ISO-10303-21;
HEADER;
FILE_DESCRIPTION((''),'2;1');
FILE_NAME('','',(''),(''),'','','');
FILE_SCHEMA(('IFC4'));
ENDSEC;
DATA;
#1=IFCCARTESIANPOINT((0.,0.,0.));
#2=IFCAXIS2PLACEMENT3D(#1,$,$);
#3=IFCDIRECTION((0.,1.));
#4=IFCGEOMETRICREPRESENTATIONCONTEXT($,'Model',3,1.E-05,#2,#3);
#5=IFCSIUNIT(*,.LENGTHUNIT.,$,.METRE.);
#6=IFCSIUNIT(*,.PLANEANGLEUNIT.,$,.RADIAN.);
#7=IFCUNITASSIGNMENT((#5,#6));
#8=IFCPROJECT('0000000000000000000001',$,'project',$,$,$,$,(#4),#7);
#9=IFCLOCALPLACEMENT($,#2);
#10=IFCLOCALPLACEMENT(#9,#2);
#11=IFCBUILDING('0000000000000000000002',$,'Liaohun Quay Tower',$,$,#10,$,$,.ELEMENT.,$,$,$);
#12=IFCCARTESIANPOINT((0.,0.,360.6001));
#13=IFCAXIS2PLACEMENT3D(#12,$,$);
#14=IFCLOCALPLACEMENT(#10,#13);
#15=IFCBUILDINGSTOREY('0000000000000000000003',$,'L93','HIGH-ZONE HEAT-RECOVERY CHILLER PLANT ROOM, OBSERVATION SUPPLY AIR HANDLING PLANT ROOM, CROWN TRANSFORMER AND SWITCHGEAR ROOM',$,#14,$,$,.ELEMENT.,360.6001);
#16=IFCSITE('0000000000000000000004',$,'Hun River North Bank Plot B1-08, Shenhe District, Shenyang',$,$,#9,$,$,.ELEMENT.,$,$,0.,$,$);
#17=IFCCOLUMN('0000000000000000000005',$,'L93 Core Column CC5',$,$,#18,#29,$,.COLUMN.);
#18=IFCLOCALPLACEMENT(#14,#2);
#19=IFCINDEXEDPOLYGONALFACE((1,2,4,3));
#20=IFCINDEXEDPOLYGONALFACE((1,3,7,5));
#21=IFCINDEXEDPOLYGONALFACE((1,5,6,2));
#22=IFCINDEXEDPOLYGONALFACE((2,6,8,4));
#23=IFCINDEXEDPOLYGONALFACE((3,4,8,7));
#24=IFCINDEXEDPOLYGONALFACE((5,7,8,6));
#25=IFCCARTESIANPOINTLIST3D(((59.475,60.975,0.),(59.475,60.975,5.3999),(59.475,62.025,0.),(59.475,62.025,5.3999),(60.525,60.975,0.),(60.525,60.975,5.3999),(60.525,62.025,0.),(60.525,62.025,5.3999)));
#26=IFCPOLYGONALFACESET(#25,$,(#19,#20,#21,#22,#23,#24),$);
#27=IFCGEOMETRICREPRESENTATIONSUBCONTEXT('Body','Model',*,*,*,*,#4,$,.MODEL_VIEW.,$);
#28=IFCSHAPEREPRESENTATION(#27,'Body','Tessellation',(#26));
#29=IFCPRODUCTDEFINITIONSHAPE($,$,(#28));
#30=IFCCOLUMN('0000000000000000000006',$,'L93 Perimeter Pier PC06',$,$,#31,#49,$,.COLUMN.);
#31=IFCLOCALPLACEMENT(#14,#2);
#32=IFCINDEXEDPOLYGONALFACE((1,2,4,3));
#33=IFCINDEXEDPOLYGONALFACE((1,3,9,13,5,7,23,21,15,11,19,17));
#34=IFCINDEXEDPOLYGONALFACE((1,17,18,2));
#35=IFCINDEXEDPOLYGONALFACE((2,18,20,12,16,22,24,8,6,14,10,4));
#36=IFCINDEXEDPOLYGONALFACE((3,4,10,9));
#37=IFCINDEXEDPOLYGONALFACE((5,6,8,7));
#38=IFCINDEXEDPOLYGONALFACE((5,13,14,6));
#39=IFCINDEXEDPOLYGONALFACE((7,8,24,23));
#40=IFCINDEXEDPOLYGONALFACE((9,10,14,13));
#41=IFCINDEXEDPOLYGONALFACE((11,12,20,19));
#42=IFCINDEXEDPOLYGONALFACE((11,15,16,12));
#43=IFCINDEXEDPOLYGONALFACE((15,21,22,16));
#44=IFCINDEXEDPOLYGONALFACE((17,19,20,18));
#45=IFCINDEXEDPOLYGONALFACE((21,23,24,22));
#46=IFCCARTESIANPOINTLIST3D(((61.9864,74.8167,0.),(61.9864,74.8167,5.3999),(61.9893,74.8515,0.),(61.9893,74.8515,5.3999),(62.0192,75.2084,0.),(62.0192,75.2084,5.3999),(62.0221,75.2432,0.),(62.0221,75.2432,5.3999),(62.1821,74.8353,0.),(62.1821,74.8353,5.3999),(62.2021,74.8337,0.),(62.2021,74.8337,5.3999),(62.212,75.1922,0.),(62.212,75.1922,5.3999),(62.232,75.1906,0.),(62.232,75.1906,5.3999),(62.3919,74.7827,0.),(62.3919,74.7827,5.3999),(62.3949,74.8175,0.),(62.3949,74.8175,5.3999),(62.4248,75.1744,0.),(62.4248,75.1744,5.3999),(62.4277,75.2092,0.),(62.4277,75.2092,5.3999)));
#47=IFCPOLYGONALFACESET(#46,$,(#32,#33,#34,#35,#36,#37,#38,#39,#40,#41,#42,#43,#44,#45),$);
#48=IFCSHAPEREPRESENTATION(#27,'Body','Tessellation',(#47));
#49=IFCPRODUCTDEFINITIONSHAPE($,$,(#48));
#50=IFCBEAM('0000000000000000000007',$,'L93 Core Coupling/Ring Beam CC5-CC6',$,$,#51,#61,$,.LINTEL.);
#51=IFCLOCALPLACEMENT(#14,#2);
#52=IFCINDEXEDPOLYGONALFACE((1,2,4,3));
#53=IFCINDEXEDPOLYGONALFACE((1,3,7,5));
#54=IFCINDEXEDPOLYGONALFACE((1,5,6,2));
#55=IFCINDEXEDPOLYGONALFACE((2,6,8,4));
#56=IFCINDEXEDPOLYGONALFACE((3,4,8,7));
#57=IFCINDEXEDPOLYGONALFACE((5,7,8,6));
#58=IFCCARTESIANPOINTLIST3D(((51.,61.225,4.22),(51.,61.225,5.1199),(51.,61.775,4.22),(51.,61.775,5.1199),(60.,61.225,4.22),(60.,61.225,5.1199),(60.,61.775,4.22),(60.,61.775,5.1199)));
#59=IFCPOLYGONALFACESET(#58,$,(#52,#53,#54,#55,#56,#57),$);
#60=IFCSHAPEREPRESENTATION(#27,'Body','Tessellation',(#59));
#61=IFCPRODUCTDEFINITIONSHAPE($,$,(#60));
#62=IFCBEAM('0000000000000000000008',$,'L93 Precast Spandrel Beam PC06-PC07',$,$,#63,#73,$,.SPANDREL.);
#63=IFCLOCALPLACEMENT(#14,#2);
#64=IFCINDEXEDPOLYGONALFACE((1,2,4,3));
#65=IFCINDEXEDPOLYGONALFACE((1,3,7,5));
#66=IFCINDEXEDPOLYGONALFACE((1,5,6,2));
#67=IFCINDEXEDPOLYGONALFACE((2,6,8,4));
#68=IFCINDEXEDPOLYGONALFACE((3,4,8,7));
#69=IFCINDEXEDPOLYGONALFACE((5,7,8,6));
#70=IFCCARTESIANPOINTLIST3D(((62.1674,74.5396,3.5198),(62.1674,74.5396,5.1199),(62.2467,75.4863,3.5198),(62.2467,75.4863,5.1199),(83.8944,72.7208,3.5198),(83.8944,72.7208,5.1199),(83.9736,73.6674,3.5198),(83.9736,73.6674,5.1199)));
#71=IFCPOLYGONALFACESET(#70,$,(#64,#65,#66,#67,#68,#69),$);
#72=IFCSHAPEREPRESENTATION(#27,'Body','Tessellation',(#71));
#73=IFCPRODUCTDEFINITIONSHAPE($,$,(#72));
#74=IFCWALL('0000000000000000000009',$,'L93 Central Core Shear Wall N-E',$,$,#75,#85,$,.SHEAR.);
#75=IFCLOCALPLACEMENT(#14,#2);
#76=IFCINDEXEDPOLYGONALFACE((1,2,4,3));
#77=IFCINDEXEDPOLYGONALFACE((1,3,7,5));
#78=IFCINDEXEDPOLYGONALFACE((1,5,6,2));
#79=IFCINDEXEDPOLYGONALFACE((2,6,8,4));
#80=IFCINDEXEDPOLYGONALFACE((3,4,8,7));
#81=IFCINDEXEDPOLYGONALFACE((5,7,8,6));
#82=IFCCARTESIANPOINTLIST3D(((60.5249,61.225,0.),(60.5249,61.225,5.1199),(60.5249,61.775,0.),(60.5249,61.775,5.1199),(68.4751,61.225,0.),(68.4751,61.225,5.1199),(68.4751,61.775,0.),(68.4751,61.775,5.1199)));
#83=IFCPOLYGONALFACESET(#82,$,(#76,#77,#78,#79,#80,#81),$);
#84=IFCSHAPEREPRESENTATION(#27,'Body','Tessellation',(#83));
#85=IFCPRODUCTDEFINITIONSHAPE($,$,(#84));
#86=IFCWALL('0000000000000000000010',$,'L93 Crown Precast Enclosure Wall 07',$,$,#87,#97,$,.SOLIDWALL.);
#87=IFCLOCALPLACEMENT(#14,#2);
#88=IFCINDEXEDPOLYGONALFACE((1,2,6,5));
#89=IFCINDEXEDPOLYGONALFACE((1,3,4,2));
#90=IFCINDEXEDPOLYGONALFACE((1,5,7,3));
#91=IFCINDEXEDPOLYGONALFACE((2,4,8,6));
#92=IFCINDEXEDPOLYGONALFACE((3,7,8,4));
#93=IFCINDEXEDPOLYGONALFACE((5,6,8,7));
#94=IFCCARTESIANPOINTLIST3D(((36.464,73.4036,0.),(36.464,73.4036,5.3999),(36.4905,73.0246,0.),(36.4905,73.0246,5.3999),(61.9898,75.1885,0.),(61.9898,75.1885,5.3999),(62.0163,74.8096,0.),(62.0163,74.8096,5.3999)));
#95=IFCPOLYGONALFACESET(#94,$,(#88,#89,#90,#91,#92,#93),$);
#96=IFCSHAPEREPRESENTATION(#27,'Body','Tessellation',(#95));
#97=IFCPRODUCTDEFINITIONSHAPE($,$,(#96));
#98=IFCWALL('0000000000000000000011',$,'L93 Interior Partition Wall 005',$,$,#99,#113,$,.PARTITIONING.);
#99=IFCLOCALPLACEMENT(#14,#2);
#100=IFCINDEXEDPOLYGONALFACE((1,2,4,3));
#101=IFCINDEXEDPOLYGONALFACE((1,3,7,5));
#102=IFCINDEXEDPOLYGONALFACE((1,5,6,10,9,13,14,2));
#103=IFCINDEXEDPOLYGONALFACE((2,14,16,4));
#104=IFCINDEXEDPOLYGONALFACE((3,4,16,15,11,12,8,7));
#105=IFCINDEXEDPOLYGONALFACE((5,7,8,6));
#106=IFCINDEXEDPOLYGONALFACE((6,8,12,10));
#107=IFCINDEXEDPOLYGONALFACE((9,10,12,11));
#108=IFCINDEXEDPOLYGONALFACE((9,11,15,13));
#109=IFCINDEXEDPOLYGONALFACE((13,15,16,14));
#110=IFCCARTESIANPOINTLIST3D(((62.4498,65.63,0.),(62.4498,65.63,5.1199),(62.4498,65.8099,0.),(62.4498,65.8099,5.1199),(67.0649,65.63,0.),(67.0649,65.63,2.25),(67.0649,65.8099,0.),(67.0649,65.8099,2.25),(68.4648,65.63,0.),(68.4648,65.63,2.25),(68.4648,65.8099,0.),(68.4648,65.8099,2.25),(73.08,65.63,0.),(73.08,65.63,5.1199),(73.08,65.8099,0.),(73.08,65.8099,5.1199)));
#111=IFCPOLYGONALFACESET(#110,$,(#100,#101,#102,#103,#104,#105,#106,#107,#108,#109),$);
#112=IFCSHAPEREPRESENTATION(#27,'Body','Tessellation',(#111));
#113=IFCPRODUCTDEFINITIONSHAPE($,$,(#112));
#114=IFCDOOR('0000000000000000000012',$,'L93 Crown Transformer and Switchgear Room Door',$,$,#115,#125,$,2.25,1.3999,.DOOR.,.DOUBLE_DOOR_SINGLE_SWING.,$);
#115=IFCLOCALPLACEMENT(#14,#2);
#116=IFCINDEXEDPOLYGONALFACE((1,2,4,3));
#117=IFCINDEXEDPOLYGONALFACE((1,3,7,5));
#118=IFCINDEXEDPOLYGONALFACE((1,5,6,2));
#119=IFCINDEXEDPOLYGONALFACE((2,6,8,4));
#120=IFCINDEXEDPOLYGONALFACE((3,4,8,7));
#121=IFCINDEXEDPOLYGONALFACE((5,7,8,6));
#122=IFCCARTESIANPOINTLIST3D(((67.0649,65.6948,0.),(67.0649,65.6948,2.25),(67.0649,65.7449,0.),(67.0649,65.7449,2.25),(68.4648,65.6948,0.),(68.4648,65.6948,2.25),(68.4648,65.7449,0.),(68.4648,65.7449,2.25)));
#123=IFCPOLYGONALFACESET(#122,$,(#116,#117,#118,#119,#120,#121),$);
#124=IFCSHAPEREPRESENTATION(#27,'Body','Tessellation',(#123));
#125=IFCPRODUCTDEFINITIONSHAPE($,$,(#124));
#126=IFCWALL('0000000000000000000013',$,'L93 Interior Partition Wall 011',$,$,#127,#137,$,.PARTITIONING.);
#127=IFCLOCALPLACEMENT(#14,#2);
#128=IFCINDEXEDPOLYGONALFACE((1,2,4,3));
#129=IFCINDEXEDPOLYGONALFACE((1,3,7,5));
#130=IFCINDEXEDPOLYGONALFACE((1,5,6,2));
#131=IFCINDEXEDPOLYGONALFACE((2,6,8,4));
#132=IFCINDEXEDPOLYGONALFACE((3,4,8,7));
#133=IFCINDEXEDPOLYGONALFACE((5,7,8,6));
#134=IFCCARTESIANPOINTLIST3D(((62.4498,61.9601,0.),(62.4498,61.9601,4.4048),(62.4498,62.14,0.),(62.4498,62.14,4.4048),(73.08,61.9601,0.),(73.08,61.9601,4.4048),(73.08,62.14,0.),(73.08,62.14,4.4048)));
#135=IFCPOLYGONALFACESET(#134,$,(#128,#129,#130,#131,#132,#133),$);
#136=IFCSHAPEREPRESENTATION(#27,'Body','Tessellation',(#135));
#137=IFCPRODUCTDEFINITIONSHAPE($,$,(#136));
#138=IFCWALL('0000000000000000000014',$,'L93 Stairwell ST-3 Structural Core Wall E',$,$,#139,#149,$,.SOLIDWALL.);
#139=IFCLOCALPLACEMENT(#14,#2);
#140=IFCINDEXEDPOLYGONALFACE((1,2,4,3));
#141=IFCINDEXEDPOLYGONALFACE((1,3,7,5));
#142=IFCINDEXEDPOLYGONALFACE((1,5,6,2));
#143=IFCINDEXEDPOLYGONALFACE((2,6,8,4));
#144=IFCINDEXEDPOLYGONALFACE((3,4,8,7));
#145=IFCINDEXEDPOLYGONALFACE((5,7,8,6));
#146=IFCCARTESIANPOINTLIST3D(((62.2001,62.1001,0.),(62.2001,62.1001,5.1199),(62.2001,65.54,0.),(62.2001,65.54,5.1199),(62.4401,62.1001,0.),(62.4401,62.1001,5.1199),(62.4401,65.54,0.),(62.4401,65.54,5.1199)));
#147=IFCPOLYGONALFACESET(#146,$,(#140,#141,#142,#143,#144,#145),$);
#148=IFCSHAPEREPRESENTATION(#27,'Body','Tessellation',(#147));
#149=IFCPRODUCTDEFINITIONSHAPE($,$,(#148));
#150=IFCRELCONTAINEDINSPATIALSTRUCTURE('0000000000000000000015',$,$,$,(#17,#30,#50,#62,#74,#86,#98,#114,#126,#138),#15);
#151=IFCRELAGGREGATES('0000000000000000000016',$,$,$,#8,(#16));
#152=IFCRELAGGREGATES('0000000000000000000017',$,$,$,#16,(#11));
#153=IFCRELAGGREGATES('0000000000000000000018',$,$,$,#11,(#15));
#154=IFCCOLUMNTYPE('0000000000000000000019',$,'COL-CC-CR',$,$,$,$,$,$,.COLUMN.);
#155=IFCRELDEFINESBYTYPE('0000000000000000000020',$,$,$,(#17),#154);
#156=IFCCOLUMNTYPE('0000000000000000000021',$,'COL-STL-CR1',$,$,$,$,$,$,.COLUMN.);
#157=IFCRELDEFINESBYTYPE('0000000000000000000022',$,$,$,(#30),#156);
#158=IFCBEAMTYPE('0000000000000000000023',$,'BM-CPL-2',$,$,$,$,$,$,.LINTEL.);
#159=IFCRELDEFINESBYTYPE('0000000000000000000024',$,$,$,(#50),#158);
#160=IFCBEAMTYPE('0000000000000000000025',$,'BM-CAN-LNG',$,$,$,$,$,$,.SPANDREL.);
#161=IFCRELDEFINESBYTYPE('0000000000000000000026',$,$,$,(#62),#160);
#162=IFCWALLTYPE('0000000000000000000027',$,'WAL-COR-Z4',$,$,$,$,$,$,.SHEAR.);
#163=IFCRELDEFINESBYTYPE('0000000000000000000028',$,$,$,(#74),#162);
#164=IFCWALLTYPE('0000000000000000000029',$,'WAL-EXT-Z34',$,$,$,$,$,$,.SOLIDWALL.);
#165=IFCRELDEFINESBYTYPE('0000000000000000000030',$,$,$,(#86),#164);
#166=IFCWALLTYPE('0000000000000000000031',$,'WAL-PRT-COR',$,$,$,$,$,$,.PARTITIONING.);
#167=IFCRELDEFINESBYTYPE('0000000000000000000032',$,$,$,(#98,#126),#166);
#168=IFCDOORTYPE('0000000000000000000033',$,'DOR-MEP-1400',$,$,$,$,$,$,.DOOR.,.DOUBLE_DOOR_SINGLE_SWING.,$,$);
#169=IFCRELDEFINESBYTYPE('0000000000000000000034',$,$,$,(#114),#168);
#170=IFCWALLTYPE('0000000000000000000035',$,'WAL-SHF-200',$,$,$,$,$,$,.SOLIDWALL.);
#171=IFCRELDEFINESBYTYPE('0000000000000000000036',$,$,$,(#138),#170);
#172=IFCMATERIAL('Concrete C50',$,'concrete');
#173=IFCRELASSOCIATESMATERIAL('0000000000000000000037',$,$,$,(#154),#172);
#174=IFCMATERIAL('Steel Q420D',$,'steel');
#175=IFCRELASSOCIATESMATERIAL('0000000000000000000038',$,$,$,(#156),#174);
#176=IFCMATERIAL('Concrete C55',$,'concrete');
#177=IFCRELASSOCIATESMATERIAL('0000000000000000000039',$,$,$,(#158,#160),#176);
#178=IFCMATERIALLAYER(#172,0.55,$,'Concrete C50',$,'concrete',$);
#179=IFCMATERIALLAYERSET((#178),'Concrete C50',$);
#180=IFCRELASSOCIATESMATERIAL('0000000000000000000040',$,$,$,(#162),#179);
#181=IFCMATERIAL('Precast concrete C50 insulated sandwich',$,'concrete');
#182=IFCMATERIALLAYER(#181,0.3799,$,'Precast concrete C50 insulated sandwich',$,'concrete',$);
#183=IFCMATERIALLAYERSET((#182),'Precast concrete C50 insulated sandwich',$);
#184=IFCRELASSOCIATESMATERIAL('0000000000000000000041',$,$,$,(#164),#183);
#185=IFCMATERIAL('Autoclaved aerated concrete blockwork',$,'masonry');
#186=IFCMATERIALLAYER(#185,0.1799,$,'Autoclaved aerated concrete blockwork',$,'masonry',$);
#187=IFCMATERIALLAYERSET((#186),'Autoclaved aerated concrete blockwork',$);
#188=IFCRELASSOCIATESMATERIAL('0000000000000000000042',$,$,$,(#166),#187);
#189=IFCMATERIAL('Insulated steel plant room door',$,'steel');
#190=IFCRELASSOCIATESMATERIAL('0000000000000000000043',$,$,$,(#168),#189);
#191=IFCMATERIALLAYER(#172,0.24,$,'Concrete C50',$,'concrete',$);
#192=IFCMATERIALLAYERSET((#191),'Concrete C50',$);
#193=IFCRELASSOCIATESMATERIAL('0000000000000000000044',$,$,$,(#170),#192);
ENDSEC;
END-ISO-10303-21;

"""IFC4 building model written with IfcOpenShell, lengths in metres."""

from ifc_helpers import new_model, si_unit, direction, frame, frame_2d, origin, origin_2d, place, context, subcontext, project, spatial, rectangle, i_section, extrude, source, transform, mapped, material, layer, layer_set, material_profile, profile_set, type_object, element, fill, save


model = new_model("IFC4")

# Units and contexts
model_context = context("Model", 3, precision=1e-05, world=origin(), true_north=direction((0.0, 1.0)))
body_context = subcontext(model_context, "Body", "Model", "MODEL_VIEW")
ifc_project = project(units=[si_unit("LENGTHUNIT", "METRE"), si_unit("PLANEANGLEUNIT", "RADIAN")], contexts=[model_context])

# Site, building, storey
site_placement = place(None, origin())
site = spatial("IfcSite", under=ifc_project, at=site_placement, Name="Hun River North Bank Plot B1-08, Shenhe District, Shenyang", CompositionType="ELEMENT", RefElevation=0.0)
building_placement = place(site_placement, origin())
building = spatial("IfcBuilding", under=site, at=building_placement, Name="Liaohun Quay Tower", CompositionType="ELEMENT")
storey_placement = place(building_placement, frame((0.0, 0.0, 360.6001)))
storey = spatial("IfcBuildingStorey", under=building, at=storey_placement, Name="L93", Description="HIGH-ZONE HEAT-RECOVERY CHILLER PLANT ROOM, OBSERVATION SUPPLY AIR HANDLING PLANT ROOM, CROWN TRANSFORMER AND SWITCHGEAR ROOM", CompositionType="ELEMENT", Elevation=360.6001)

# Columns
ifc_material_1 = material(Name="Concrete C50", Category="concrete")
ifc_material_profile_1 = material_profile(ifc_material_1, rectangle(XDim=1.05, YDim=1.05, at=origin_2d()), Name="RC1050x1050")
ifc_profile_set_1 = profile_set([ifc_material_profile_1], Name="Concrete C50")
column_type_1 = type_object("IfcColumnType", Name="COL-CC-CR", PredefinedType="COLUMN", material=ifc_profile_set_1)
shared_shape_1 = source(origin(), body_context, "Body", "SweptSolid", [
    extrude(rectangle(XDim=1.05, YDim=1.05, at=origin_2d()), origin(), (0.0, 0.0, 1.0), 5.3999),
])
column_1_placement = place(storey_placement, frame((60.0, 61.5, 0.0), z_axis=(0.0, 0.0, 1.0), x_axis=(1.0, 0.0, 0.0)))
element("IfcColumn", 1, at=column_1_placement, inside=storey, type_object=column_type_1, Name="L93 Core Column CC5", PredefinedType="COLUMN", context=body_context, shape_type="MappedRepresentation", body=[
    mapped(shared_shape_1, transform((0.0, 0.0, 0.0), x_axis=(1.0, 0.0, 0.0), y_axis=(0.0, 1.0, 0.0), z_axis=(0.0, 0.0, 1.0), scale=1.0)),
])
ifc_material_2 = material(Name="Steel Q420D", Category="steel")
ifc_material_profile_2 = material_profile(ifc_material_2, i_section(OverallWidth=0.407, OverallDepth=0.428, WebThickness=0.02, FlangeThickness=0.0349, at=origin_2d()), Name="HW428x407x20x35")
ifc_profile_set_2 = profile_set([ifc_material_profile_2], Name="Steel Q420D")
column_type_2 = type_object("IfcColumnType", Name="COL-STL-CR1", PredefinedType="COLUMN", material=ifc_profile_set_2)
shared_shape_2 = source(origin(), body_context, "Body", "SweptSolid", [
    extrude(i_section(OverallWidth=0.407, OverallDepth=0.428, WebThickness=0.02, FlangeThickness=0.0349, at=origin_2d()), origin(), (0.0, 0.0, 1.0), 5.3999),
])
column_2_placement = place(storey_placement, frame((62.207, 75.0129, 0.0), z_axis=(0.0, 0.0, 1.0), x_axis=(-0.996507, 0.083504, 0.0)))
element("IfcColumn", 2, at=column_2_placement, inside=storey, type_object=column_type_2, Name="L93 Perimeter Pier PC06", PredefinedType="COLUMN", context=body_context, shape_type="MappedRepresentation", body=[
    mapped(shared_shape_2, transform((0.0, 0.0, 0.0), x_axis=(1.0, 0.0, 0.0), y_axis=(0.0, 1.0, 0.0), z_axis=(0.0, 0.0, 1.0), scale=1.0)),
])

# Beams
ifc_material_3 = material(Name="Concrete C55", Category="concrete")
ifc_material_profile_3 = material_profile(ifc_material_3, rectangle(XDim=0.55, YDim=0.8999, at=origin_2d()), Name="RC550x900")
ifc_profile_set_3 = profile_set([ifc_material_profile_3], Name="Concrete C55")
beam_type_1 = type_object("IfcBeamType", Name="BM-CPL-2", PredefinedType="LINTEL", material=ifc_profile_set_3)
shared_shape_3 = source(origin(), body_context, "Body", "SweptSolid", [
    extrude(rectangle(XDim=0.55, YDim=0.8999, at=origin_2d()), origin(), (0.0, 0.0, 1.0), 9.0),
])
beam_1_placement = place(storey_placement, frame((60.0, 61.5, 4.6699), z_axis=(-1.0, 0.0, 0.0), x_axis=(0.0, -1.0, 0.0)))
element("IfcBeam", 3, at=beam_1_placement, inside=storey, type_object=beam_type_1, Name="L93 Core Coupling/Ring Beam CC5-CC6", PredefinedType="LINTEL", context=body_context, shape_type="MappedRepresentation", body=[
    mapped(shared_shape_3, transform((0.0, 0.0, 0.0), x_axis=(1.0, 0.0, 0.0), y_axis=(0.0, 1.0, 0.0), z_axis=(0.0, 0.0, 1.0), scale=1.0)),
])
ifc_material_profile_4 = material_profile(ifc_material_3, rectangle(XDim=0.95, YDim=1.6001, at=origin_2d()), Name="RC950x1600")
ifc_profile_set_4 = profile_set([ifc_material_profile_4], Name="Concrete C55")
beam_type_2 = type_object("IfcBeamType", Name="BM-CAN-LNG", PredefinedType="SPANDREL", material=ifc_profile_set_4)
shared_shape_4 = source(origin(), body_context, "Body", "SweptSolid", [
    extrude(rectangle(XDim=0.95, YDim=1.6001, at=origin_2d()), origin(), (0.0, 0.0, 1.0), 21.803),
])
beam_2_placement = place(storey_placement, frame((62.207, 75.0129, 4.3198), z_axis=(0.996514, -0.083422, 0.0), x_axis=(0.083422, 0.996514, 0.0)))
element("IfcBeam", 4, at=beam_2_placement, inside=storey, type_object=beam_type_2, Name="L93 Precast Spandrel Beam PC06-PC07", PredefinedType="SPANDREL", context=body_context, shape_type="MappedRepresentation", body=[
    mapped(shared_shape_4, transform((0.0, 0.0, 0.0), x_axis=(1.0, 0.0, 0.0), y_axis=(0.0, 1.0, 0.0), z_axis=(0.0, 0.0, 1.0), scale=1.0)),
])

# Walls
ifc_layer_1 = layer(ifc_material_1, 0.55, Name="Concrete C50", Category="concrete")
ifc_layer_set_1 = layer_set([ifc_layer_1], Name="Concrete C50")
wall_type_1 = type_object("IfcWallType", Name="WAL-COR-Z4", PredefinedType="SHEAR", material=ifc_layer_set_1)
wall_1_placement = place(storey_placement, frame((60.5249, 61.5, 0.0), z_axis=(0.0, 0.0, 1.0), x_axis=(1.0, 0.0, 0.0)))
element("IfcWall", 5, at=wall_1_placement, inside=storey, type_object=wall_type_1, Name="L93 Central Core Shear Wall N-E", PredefinedType="SHEAR", context=body_context, shape_type="SweptSolid", body=[
    extrude(rectangle(XDim=7.9502, YDim=0.55, at=frame_2d((3.9751, 0.0))), origin(), (0.0, 0.0, 1.0), 5.1199),
])
ifc_material_4 = material(Name="Precast concrete C50 insulated sandwich", Category="concrete")
ifc_layer_2 = layer(ifc_material_4, 0.3799, Name="Precast concrete C50 insulated sandwich", Category="concrete")
ifc_layer_set_2 = layer_set([ifc_layer_2], Name="Precast concrete C50 insulated sandwich")
wall_type_2 = type_object("IfcWallType", Name="WAL-EXT-Z34", PredefinedType="SOLIDWALL", material=ifc_layer_set_2)
wall_2_placement = place(storey_placement, frame((62.0029, 74.999, 0.0), z_axis=(0.0, 0.0, 1.0), x_axis=(-0.997564, -0.069755, 0.0)))
element("IfcWall", 6, at=wall_2_placement, inside=storey, type_object=wall_type_2, Name="L93 Crown Precast Enclosure Wall 07", PredefinedType="SOLIDWALL", context=body_context, shape_type="SweptSolid", body=[
    extrude(rectangle(XDim=25.5881, YDim=0.3799, at=frame_2d((12.7939, 0.0))), origin(), (0.0, 0.0, 1.0), 5.3999),
])

# Wall, opening, door
ifc_material_5 = material(Name="Autoclaved aerated concrete blockwork", Category="masonry")
ifc_layer_3 = layer(ifc_material_5, 0.1799, Name="Autoclaved aerated concrete blockwork", Category="masonry")
ifc_layer_set_3 = layer_set([ifc_layer_3], Name="Autoclaved aerated concrete blockwork")
wall_type_3 = type_object("IfcWallType", Name="WAL-PRT-COR", PredefinedType="PARTITIONING", material=ifc_layer_set_3)
wall_3_placement = place(storey_placement, frame((62.45, 65.72, 0.0), z_axis=(0.0, 0.0, 1.0), x_axis=(1.0, 0.0, 0.0)))
wall_3 = element("IfcWall", 7, at=wall_3_placement, inside=storey, type_object=wall_type_3, Name="L93 Interior Partition Wall 005", PredefinedType="PARTITIONING", context=body_context, shape_type="SweptSolid", body=[
    extrude(rectangle(XDim=10.6301, YDim=0.1799, at=frame_2d((5.3149, 0.0))), origin(), (0.0, 0.0, 1.0), 5.1199),
])
shared_shape_5 = source(origin(), body_context, "Body", "SweptSolid", [
    extrude(rectangle(XDim=1.3999, YDim=2.25, at=frame_2d((0.7, 1.125))), frame((0.0, 0.0999, 0.0), z_axis=(0.0, -1.0, 0.0), x_axis=(1.0, 0.0, 0.0)), (0.0, 0.0, 1.0), 0.2),
])
opening_1_placement = place(wall_3_placement, frame((4.615, 0.0, 0.0)))
opening_1 = element("IfcOpeningElement", 8, at=opening_1_placement, cuts=wall_3, PredefinedType="OPENING", context=body_context, shape_type="MappedRepresentation", body=[
    mapped(shared_shape_5, transform((0.0, 0.0, 0.0), x_axis=(1.0, 0.0, 0.0), y_axis=(0.0, 1.0, 0.0), z_axis=(0.0, 0.0, 1.0), scale=1.0)),
])
ifc_material_6 = material(Name="Insulated steel plant room door", Category="steel")
door_type_1 = type_object("IfcDoorType", Name="DOR-MEP-1400", OperationType="DOUBLE_DOOR_SINGLE_SWING", PredefinedType="DOOR", material=ifc_material_6)
shared_shape_6 = source(origin(), body_context, "Body", "SweptSolid", [
    extrude(rectangle(XDim=1.3999, YDim=2.25, at=frame_2d((0.7, 1.125))), frame((0.0, 0.0249, 0.0), z_axis=(0.0, -1.0, 0.0), x_axis=(1.0, 0.0, 0.0)), (0.0, 0.0, 1.0), 0.05),
])
door_1_placement = place(opening_1_placement, origin())
door_1 = element("IfcDoor", 9, at=door_1_placement, inside=storey, type_object=door_type_1, Name="L93 Crown Transformer and Switchgear Room Door", OperationType="DOUBLE_DOOR_SINGLE_SWING", OverallHeight=2.25, OverallWidth=1.3999, PredefinedType="DOOR", context=body_context, shape_type="MappedRepresentation", body=[
    mapped(shared_shape_6, transform((0.0, 0.0, 0.0), x_axis=(1.0, 0.0, 0.0), y_axis=(0.0, 1.0, 0.0), z_axis=(0.0, 0.0, 1.0), scale=1.0)),
])
fill(opening_1, door_1)

# Walls
wall_4_placement = place(storey_placement, frame((62.45, 62.05, 0.0), z_axis=(0.0, 0.0, 1.0), x_axis=(1.0, 0.0, 0.0)))
element("IfcWall", 10, at=wall_4_placement, inside=storey, type_object=wall_type_3, Name="L93 Interior Partition Wall 011", PredefinedType="PARTITIONING", context=body_context, shape_type="SweptSolid", body=[
    extrude(rectangle(XDim=10.6301, YDim=0.1799, at=frame_2d((5.3149, 0.0))), origin(), (0.0, 0.0, 1.0), 4.4048),
])
ifc_layer_4 = layer(ifc_material_1, 0.24, Name="Concrete C50", Category="concrete")
ifc_layer_set_4 = layer_set([ifc_layer_4], Name="Concrete C50")
wall_type_4 = type_object("IfcWallType", Name="WAL-SHF-200", PredefinedType="SOLIDWALL", material=ifc_layer_set_4)
wall_5_placement = place(storey_placement, frame((62.3201, 62.1001, 0.0), z_axis=(0.0, 0.0, 1.0), x_axis=(0.0, 1.0, 0.0)))
element("IfcWall", 11, at=wall_5_placement, inside=storey, type_object=wall_type_4, Name="L93 Stairwell ST-3 Structural Core Wall E", PredefinedType="SOLIDWALL", context=body_context, shape_type="SweptSolid", body=[
    extrude(rectangle(XDim=3.4399, YDim=0.24, at=frame_2d((1.72, 0.0))), origin(), (0.0, 0.0, 1.0), 5.1199),
])

save(model, "model.ifc")
